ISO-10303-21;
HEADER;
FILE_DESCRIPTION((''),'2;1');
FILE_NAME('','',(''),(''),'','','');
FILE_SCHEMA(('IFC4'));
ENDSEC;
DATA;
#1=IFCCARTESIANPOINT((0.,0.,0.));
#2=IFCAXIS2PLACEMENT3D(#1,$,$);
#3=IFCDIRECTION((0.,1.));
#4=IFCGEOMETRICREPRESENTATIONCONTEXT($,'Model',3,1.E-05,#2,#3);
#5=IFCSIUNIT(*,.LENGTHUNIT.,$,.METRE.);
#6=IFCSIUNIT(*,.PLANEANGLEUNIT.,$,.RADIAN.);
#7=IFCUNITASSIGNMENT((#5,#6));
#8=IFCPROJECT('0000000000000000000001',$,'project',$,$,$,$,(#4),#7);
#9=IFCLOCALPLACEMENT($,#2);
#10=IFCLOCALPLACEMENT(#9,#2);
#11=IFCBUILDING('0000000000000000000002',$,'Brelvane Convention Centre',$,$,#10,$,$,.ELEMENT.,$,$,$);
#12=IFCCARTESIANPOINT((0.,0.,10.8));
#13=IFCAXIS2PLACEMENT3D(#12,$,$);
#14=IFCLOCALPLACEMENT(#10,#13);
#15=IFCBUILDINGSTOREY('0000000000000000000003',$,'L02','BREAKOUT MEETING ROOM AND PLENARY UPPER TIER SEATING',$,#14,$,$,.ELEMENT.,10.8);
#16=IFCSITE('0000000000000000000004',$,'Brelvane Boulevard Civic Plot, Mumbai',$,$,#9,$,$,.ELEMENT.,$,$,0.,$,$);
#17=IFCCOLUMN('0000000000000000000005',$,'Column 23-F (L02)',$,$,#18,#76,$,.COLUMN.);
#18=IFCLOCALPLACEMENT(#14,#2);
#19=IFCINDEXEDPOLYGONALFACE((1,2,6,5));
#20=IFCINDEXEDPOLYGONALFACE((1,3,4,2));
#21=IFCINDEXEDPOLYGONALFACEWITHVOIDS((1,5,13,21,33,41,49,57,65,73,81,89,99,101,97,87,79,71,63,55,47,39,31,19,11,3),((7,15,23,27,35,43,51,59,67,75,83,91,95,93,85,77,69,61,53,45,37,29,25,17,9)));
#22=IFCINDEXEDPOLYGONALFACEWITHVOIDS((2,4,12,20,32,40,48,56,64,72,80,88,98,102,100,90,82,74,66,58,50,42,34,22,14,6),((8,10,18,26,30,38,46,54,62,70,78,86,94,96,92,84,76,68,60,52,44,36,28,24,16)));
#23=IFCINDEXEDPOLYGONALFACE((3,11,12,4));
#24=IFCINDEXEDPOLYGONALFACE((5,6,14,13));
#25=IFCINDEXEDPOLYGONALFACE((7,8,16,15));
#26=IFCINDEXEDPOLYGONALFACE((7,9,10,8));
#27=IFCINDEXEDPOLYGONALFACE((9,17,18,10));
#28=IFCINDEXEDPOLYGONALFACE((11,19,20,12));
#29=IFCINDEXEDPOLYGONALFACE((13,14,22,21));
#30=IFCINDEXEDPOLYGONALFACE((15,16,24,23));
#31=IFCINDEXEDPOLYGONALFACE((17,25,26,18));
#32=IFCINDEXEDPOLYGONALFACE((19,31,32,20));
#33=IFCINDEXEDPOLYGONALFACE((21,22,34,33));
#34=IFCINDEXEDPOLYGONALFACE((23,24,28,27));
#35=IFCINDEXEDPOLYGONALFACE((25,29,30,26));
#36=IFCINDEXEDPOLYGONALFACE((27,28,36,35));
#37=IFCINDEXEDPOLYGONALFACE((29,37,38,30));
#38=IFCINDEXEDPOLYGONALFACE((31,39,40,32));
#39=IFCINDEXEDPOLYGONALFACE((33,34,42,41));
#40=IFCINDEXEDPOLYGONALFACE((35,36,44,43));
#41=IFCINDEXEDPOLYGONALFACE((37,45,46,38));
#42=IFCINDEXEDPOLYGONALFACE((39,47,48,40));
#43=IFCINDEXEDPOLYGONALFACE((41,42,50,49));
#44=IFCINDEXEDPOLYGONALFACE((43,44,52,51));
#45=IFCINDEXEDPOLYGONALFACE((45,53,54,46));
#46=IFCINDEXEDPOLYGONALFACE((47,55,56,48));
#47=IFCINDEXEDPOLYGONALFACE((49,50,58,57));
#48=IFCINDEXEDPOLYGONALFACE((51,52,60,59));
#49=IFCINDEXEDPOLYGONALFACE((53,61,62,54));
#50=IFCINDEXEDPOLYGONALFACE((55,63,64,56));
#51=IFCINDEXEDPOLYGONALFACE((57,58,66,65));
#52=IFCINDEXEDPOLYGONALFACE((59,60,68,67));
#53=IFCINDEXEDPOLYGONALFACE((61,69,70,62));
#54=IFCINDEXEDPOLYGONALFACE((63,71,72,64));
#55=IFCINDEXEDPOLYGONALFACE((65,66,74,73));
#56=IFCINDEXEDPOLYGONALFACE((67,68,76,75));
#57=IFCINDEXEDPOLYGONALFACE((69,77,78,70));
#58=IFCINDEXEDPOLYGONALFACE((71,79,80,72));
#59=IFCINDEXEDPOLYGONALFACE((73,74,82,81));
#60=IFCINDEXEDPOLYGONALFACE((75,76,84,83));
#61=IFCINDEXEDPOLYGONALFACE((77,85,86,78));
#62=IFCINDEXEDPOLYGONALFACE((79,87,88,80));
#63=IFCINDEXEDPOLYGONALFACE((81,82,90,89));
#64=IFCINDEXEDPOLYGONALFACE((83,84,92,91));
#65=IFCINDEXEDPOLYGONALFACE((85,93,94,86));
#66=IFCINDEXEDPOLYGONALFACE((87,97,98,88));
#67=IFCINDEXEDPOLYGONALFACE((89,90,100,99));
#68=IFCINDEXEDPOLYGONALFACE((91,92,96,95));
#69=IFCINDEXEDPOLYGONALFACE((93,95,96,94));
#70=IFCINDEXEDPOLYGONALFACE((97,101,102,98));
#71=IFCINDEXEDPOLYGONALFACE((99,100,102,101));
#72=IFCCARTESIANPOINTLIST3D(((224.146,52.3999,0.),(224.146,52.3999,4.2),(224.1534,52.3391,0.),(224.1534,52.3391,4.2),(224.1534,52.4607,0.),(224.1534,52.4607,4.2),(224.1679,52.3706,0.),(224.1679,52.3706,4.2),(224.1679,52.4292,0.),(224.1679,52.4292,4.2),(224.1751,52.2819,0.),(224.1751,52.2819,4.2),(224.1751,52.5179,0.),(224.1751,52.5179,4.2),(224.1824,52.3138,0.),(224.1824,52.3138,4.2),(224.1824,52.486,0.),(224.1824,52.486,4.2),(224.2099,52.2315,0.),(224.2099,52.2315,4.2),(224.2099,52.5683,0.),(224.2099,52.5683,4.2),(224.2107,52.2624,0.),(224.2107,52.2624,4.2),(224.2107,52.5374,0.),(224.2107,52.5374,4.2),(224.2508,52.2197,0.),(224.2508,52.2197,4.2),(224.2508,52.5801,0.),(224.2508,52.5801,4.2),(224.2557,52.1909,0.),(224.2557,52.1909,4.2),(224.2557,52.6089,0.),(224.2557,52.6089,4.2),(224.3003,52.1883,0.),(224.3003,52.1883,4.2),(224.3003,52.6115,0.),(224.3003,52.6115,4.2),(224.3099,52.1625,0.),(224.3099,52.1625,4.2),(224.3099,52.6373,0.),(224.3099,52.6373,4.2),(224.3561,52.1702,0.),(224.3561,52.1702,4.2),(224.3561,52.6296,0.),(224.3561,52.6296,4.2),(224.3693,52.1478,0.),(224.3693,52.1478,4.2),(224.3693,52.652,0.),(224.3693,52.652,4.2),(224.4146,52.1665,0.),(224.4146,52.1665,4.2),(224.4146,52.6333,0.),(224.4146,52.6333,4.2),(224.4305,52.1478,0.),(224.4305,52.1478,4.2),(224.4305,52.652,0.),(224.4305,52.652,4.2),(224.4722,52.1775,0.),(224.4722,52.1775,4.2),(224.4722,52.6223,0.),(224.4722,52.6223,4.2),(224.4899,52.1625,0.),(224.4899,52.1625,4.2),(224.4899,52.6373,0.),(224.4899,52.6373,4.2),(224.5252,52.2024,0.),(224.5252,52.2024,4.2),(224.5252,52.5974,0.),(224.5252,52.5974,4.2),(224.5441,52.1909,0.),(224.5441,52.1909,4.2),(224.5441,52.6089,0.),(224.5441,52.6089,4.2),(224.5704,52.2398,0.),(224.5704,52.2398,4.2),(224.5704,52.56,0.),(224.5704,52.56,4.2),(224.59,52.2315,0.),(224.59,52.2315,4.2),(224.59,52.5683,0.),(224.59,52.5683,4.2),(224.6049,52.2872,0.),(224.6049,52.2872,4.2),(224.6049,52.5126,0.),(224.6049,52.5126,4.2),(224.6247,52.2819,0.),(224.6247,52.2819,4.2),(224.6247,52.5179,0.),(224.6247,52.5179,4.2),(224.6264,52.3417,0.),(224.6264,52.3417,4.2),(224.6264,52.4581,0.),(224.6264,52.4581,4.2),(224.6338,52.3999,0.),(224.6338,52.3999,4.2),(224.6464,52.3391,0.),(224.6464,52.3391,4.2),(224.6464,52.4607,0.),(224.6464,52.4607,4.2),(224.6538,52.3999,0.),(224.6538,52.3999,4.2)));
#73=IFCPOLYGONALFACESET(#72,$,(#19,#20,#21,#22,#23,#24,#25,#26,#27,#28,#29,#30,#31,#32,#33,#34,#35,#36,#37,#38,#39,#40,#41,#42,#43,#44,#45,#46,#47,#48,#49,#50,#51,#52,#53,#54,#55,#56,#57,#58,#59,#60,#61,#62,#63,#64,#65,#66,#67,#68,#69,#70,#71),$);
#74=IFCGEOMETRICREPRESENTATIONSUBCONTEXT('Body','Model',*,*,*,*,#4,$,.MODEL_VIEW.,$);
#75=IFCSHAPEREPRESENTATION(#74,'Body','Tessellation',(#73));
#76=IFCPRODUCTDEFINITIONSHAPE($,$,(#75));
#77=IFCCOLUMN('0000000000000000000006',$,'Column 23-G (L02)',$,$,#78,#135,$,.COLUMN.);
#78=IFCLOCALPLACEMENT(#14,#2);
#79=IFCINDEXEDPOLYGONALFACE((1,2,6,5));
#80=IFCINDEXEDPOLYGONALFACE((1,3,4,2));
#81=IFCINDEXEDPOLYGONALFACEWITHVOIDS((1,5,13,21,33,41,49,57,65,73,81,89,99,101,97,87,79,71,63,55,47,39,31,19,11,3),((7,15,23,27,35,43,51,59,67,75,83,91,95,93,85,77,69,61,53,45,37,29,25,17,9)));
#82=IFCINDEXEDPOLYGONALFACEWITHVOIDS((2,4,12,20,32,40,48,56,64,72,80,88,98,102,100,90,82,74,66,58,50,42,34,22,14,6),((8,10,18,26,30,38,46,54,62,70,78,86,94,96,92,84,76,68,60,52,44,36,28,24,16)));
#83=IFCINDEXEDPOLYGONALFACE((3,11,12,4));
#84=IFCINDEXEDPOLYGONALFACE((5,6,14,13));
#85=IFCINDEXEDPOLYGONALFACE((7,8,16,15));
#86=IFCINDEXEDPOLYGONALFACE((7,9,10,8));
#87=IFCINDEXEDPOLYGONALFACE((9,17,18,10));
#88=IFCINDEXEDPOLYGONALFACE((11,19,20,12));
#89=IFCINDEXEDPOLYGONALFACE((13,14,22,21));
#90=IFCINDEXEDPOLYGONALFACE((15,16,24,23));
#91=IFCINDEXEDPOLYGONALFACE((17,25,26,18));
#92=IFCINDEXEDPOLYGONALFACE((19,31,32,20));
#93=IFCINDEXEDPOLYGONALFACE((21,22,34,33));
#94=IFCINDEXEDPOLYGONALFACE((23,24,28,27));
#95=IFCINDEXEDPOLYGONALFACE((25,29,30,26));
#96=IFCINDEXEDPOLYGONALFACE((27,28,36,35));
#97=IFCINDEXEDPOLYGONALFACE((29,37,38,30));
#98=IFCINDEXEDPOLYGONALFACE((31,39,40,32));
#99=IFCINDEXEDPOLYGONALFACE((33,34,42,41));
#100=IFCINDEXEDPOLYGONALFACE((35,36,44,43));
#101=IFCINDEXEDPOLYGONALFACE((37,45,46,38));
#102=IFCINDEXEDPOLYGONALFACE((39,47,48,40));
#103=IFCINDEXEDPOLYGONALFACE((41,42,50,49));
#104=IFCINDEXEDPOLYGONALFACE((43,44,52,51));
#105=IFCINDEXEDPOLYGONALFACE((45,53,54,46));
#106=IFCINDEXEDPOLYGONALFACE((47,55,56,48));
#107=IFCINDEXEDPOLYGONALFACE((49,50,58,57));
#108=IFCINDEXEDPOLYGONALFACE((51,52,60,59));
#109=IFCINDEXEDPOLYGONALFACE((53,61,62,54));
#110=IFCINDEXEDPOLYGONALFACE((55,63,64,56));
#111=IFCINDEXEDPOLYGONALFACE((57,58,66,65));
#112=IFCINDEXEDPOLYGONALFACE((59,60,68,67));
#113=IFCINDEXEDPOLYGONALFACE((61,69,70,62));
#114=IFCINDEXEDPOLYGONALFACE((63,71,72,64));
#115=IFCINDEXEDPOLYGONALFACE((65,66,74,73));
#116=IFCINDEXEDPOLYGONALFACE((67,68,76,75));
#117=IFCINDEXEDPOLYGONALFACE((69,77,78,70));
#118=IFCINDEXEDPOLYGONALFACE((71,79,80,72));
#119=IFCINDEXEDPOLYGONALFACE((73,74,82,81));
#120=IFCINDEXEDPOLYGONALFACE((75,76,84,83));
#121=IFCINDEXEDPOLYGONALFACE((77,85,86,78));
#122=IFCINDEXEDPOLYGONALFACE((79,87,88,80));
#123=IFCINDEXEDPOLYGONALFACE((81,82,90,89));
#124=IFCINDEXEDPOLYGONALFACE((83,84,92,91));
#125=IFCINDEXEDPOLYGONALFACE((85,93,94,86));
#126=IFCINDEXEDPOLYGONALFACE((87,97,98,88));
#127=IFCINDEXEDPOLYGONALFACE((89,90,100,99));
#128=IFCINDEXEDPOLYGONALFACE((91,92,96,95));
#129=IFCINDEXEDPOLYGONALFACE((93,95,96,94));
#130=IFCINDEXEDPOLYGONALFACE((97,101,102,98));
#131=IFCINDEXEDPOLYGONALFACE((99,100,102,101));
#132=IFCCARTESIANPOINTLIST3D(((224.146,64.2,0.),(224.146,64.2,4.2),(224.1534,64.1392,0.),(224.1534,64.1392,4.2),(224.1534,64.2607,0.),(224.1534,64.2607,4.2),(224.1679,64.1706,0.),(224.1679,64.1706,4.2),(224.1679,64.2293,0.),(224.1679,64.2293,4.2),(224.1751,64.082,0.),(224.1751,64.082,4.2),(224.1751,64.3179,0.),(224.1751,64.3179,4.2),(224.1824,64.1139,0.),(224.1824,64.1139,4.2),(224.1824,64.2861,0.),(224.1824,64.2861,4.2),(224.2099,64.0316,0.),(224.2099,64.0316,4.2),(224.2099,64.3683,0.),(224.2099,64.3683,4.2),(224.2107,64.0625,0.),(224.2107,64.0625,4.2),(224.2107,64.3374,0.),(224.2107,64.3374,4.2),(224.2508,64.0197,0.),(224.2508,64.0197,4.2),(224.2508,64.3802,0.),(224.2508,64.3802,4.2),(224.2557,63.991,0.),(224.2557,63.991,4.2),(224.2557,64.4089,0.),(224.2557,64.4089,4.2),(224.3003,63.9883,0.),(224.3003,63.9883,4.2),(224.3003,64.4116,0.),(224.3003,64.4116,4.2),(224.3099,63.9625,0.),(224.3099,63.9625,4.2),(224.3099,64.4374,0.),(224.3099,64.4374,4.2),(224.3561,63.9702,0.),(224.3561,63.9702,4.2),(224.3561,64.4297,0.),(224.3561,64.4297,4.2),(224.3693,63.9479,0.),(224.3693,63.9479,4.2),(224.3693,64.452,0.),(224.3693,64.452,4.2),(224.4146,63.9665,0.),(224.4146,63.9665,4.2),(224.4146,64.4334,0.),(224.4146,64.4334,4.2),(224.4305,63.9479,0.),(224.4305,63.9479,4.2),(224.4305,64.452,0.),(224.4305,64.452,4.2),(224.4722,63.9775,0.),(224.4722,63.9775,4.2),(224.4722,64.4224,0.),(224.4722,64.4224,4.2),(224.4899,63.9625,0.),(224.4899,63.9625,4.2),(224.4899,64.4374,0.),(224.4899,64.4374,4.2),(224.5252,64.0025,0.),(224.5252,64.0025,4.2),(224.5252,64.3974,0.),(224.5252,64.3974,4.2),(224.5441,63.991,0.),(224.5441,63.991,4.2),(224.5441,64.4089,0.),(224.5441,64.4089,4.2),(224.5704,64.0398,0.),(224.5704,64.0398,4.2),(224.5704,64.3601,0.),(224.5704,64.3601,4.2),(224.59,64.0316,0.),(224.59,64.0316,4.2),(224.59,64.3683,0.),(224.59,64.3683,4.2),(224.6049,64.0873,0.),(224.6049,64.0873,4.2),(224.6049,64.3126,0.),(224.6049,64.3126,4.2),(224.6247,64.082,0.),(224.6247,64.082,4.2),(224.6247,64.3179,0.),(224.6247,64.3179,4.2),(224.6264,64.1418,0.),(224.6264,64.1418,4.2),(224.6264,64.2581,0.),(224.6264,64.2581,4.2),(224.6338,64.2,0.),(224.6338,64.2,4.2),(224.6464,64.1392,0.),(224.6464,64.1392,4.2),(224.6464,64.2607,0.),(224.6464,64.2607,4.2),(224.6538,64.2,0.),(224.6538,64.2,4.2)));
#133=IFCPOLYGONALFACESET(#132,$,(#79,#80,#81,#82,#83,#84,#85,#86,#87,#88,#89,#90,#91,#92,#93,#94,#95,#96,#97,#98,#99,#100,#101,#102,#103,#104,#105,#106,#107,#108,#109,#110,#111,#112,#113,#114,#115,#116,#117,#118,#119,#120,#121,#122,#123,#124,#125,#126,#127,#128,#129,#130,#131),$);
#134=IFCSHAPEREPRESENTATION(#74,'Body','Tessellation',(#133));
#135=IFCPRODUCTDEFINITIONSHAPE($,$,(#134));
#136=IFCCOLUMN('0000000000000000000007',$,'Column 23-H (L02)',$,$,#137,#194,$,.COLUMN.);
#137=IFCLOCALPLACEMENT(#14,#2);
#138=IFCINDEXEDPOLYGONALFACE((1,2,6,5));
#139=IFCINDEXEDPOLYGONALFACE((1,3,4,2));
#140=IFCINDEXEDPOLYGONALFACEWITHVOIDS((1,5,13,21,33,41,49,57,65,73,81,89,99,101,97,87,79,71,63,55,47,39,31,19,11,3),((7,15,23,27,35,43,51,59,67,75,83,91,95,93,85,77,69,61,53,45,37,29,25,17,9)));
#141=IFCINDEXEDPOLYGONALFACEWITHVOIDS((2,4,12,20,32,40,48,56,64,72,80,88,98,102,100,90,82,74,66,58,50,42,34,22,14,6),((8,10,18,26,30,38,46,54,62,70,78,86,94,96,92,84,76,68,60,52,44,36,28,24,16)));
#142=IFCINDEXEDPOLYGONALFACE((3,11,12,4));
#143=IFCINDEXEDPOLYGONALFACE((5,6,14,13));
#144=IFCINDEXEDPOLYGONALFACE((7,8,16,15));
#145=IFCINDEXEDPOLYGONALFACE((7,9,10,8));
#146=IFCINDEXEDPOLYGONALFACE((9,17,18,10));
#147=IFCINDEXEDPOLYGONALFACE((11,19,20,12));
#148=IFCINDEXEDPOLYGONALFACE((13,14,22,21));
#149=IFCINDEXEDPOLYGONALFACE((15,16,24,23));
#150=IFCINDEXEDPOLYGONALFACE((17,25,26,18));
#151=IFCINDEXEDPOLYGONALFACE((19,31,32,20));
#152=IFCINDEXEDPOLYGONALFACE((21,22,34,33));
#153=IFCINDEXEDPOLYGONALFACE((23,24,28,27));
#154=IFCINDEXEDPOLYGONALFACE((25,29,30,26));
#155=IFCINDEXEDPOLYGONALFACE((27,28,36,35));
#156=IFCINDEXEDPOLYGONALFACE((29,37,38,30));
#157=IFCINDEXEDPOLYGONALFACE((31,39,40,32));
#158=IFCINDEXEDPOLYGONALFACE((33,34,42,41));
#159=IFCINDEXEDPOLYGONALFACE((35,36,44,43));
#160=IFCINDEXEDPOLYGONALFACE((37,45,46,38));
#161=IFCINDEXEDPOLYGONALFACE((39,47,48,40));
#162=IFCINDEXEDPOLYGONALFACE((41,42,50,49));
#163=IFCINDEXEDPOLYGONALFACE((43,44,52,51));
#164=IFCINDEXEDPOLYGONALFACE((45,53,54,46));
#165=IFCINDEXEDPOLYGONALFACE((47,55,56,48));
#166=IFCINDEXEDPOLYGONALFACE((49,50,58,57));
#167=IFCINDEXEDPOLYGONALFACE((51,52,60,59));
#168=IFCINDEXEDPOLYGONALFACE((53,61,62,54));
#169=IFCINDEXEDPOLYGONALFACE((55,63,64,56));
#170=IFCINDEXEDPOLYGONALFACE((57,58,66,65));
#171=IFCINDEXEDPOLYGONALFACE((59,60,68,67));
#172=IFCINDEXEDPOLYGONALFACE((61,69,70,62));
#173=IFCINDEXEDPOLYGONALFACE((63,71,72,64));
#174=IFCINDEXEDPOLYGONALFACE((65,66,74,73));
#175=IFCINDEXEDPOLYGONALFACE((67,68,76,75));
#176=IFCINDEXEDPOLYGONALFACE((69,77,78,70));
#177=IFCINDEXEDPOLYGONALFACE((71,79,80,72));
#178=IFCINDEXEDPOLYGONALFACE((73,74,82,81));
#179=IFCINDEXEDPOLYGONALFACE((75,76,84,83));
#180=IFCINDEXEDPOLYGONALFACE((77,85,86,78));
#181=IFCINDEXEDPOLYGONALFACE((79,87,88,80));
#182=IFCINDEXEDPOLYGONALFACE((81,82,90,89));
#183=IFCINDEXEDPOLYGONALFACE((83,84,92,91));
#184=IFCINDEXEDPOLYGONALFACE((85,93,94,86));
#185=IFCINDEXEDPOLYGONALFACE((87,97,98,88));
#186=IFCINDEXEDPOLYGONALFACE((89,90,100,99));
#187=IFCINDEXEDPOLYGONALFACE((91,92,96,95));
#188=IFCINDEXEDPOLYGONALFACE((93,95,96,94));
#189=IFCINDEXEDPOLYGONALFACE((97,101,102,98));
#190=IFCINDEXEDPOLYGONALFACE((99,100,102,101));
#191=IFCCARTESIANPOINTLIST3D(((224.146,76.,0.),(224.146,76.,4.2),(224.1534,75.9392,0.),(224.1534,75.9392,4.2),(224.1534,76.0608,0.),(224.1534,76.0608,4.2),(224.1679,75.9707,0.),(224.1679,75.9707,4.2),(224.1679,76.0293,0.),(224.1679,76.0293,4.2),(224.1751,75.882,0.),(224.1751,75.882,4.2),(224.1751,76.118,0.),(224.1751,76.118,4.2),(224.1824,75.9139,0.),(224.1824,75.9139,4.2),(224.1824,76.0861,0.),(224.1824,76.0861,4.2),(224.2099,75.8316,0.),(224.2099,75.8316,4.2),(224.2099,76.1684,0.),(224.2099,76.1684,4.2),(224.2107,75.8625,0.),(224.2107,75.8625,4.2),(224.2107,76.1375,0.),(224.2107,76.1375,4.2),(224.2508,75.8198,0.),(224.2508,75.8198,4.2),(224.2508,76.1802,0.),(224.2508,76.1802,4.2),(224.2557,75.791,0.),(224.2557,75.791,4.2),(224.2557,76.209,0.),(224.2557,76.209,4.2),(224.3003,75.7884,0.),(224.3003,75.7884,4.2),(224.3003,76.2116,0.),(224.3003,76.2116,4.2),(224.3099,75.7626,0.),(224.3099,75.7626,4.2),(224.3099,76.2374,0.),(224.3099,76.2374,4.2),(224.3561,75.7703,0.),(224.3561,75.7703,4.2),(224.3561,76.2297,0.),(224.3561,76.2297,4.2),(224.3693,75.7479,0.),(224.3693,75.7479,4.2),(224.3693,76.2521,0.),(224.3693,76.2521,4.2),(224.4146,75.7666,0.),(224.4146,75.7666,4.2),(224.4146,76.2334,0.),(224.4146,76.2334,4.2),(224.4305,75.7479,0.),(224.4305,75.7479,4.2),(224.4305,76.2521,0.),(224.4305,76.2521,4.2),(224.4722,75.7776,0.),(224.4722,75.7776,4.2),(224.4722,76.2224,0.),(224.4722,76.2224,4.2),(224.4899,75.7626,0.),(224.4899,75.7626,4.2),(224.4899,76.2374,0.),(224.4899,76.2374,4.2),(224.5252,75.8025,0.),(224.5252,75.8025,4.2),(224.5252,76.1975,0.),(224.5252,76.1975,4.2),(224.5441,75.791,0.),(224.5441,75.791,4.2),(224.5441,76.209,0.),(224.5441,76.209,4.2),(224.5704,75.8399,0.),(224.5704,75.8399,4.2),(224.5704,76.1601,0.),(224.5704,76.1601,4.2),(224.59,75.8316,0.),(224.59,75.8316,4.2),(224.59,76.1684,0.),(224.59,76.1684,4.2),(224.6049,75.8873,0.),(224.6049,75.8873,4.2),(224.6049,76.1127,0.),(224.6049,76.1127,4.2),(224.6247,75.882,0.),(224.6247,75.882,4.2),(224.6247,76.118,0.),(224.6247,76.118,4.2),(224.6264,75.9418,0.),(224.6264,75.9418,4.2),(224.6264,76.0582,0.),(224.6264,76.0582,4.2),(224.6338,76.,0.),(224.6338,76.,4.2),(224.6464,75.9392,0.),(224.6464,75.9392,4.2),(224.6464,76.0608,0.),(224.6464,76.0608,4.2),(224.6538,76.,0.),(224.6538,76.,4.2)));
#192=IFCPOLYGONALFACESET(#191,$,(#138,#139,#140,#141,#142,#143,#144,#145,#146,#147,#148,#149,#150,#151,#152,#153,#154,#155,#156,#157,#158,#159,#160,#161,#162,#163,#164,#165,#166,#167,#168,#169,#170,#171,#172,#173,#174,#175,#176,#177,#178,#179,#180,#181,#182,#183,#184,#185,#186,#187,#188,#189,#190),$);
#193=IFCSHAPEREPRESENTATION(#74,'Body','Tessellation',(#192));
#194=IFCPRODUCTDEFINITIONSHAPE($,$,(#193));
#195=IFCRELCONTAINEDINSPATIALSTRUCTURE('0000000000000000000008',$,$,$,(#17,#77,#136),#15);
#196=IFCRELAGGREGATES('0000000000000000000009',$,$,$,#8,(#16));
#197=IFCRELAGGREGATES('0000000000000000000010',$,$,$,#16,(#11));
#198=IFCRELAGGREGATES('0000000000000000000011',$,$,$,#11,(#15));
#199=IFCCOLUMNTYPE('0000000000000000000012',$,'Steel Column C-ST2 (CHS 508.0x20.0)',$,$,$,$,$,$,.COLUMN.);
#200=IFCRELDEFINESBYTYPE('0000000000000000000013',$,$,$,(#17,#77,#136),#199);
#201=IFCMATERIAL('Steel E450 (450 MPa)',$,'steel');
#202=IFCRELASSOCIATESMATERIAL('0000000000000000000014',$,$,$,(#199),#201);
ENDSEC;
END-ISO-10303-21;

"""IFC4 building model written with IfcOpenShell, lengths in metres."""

from ifc_helpers import new_model, si_unit, direction, frame, origin, origin_2d, place, context, subcontext, project, spatial, hollow_circle, extrude, material, material_profile, profile_set, type_object, element, save


model = new_model("IFC4")

# Units and contexts
model_context = context("Model", 3, precision=1e-05, world=origin(), true_north=direction((0.0, 1.0)))
body_context = subcontext(model_context, "Body", "Model", "MODEL_VIEW")
ifc_project = project(units=[si_unit("LENGTHUNIT", "METRE"), si_unit("PLANEANGLEUNIT", "RADIAN")], contexts=[model_context])

# Site, building, storey
site_placement = place(None, origin())
site = spatial("IfcSite", under=ifc_project, at=site_placement, Name="Brelvane Boulevard Civic Plot, Mumbai", CompositionType="ELEMENT", RefElevation=0.0)
building_placement = place(site_placement, origin())
building = spatial("IfcBuilding", under=site, at=building_placement, Name="Brelvane Convention Centre", CompositionType="ELEMENT")
storey_placement = place(building_placement, frame((0.0, 0.0, 10.8)))
storey = spatial("IfcBuildingStorey", under=building, at=storey_placement, Name="L02", Description="BREAKOUT MEETING ROOM AND PLENARY UPPER TIER SEATING", CompositionType="ELEMENT", Elevation=10.8)

# Columns
ifc_material_1 = material(Name="Steel E450 (450 MPa)", Category="steel")
ifc_material_profile_1 = material_profile(ifc_material_1, hollow_circle(Radius=0.2539, WallThickness=0.02, at=origin_2d()), Name="CHS 508.0x20.0")
ifc_profile_set_1 = profile_set([ifc_material_profile_1], Name="Steel E450 (450 MPa)")
column_type_1 = type_object("IfcColumnType", Name="Steel Column C-ST2 (CHS 508.0x20.0)", PredefinedType="COLUMN", material=ifc_profile_set_1)
for number, where, z_axis, x_axis, name in (
    (1, (224.3999, 52.3999, 0.0), (0.0, 0.0, 1.0), (1.0, 0.0, 0.0), "Column 23-F (L02)"),
    (2, (224.3999, 64.2, 0.0), (0.0, 0.0, 1.0), (1.0, 0.0, 0.0), "Column 23-G (L02)"),
    (3, (224.3999, 76.0, 0.0), (0.0, 0.0, 1.0), (1.0, 0.0, 0.0), "Column 23-H (L02)"),
):
    element("IfcColumn", number, at=place(storey_placement, frame(where, z_axis=z_axis, x_axis=x_axis)), inside=storey, type_object=column_type_1, Name=name, PredefinedType="COLUMN", context=body_context, shape_type="SweptSolid", body=[
        extrude(hollow_circle(Radius=0.2539, WallThickness=0.02, at=origin_2d()), origin(), (0.0, 0.0, 1.0), 4.2),
    ])

save(model, "model.ifc")
